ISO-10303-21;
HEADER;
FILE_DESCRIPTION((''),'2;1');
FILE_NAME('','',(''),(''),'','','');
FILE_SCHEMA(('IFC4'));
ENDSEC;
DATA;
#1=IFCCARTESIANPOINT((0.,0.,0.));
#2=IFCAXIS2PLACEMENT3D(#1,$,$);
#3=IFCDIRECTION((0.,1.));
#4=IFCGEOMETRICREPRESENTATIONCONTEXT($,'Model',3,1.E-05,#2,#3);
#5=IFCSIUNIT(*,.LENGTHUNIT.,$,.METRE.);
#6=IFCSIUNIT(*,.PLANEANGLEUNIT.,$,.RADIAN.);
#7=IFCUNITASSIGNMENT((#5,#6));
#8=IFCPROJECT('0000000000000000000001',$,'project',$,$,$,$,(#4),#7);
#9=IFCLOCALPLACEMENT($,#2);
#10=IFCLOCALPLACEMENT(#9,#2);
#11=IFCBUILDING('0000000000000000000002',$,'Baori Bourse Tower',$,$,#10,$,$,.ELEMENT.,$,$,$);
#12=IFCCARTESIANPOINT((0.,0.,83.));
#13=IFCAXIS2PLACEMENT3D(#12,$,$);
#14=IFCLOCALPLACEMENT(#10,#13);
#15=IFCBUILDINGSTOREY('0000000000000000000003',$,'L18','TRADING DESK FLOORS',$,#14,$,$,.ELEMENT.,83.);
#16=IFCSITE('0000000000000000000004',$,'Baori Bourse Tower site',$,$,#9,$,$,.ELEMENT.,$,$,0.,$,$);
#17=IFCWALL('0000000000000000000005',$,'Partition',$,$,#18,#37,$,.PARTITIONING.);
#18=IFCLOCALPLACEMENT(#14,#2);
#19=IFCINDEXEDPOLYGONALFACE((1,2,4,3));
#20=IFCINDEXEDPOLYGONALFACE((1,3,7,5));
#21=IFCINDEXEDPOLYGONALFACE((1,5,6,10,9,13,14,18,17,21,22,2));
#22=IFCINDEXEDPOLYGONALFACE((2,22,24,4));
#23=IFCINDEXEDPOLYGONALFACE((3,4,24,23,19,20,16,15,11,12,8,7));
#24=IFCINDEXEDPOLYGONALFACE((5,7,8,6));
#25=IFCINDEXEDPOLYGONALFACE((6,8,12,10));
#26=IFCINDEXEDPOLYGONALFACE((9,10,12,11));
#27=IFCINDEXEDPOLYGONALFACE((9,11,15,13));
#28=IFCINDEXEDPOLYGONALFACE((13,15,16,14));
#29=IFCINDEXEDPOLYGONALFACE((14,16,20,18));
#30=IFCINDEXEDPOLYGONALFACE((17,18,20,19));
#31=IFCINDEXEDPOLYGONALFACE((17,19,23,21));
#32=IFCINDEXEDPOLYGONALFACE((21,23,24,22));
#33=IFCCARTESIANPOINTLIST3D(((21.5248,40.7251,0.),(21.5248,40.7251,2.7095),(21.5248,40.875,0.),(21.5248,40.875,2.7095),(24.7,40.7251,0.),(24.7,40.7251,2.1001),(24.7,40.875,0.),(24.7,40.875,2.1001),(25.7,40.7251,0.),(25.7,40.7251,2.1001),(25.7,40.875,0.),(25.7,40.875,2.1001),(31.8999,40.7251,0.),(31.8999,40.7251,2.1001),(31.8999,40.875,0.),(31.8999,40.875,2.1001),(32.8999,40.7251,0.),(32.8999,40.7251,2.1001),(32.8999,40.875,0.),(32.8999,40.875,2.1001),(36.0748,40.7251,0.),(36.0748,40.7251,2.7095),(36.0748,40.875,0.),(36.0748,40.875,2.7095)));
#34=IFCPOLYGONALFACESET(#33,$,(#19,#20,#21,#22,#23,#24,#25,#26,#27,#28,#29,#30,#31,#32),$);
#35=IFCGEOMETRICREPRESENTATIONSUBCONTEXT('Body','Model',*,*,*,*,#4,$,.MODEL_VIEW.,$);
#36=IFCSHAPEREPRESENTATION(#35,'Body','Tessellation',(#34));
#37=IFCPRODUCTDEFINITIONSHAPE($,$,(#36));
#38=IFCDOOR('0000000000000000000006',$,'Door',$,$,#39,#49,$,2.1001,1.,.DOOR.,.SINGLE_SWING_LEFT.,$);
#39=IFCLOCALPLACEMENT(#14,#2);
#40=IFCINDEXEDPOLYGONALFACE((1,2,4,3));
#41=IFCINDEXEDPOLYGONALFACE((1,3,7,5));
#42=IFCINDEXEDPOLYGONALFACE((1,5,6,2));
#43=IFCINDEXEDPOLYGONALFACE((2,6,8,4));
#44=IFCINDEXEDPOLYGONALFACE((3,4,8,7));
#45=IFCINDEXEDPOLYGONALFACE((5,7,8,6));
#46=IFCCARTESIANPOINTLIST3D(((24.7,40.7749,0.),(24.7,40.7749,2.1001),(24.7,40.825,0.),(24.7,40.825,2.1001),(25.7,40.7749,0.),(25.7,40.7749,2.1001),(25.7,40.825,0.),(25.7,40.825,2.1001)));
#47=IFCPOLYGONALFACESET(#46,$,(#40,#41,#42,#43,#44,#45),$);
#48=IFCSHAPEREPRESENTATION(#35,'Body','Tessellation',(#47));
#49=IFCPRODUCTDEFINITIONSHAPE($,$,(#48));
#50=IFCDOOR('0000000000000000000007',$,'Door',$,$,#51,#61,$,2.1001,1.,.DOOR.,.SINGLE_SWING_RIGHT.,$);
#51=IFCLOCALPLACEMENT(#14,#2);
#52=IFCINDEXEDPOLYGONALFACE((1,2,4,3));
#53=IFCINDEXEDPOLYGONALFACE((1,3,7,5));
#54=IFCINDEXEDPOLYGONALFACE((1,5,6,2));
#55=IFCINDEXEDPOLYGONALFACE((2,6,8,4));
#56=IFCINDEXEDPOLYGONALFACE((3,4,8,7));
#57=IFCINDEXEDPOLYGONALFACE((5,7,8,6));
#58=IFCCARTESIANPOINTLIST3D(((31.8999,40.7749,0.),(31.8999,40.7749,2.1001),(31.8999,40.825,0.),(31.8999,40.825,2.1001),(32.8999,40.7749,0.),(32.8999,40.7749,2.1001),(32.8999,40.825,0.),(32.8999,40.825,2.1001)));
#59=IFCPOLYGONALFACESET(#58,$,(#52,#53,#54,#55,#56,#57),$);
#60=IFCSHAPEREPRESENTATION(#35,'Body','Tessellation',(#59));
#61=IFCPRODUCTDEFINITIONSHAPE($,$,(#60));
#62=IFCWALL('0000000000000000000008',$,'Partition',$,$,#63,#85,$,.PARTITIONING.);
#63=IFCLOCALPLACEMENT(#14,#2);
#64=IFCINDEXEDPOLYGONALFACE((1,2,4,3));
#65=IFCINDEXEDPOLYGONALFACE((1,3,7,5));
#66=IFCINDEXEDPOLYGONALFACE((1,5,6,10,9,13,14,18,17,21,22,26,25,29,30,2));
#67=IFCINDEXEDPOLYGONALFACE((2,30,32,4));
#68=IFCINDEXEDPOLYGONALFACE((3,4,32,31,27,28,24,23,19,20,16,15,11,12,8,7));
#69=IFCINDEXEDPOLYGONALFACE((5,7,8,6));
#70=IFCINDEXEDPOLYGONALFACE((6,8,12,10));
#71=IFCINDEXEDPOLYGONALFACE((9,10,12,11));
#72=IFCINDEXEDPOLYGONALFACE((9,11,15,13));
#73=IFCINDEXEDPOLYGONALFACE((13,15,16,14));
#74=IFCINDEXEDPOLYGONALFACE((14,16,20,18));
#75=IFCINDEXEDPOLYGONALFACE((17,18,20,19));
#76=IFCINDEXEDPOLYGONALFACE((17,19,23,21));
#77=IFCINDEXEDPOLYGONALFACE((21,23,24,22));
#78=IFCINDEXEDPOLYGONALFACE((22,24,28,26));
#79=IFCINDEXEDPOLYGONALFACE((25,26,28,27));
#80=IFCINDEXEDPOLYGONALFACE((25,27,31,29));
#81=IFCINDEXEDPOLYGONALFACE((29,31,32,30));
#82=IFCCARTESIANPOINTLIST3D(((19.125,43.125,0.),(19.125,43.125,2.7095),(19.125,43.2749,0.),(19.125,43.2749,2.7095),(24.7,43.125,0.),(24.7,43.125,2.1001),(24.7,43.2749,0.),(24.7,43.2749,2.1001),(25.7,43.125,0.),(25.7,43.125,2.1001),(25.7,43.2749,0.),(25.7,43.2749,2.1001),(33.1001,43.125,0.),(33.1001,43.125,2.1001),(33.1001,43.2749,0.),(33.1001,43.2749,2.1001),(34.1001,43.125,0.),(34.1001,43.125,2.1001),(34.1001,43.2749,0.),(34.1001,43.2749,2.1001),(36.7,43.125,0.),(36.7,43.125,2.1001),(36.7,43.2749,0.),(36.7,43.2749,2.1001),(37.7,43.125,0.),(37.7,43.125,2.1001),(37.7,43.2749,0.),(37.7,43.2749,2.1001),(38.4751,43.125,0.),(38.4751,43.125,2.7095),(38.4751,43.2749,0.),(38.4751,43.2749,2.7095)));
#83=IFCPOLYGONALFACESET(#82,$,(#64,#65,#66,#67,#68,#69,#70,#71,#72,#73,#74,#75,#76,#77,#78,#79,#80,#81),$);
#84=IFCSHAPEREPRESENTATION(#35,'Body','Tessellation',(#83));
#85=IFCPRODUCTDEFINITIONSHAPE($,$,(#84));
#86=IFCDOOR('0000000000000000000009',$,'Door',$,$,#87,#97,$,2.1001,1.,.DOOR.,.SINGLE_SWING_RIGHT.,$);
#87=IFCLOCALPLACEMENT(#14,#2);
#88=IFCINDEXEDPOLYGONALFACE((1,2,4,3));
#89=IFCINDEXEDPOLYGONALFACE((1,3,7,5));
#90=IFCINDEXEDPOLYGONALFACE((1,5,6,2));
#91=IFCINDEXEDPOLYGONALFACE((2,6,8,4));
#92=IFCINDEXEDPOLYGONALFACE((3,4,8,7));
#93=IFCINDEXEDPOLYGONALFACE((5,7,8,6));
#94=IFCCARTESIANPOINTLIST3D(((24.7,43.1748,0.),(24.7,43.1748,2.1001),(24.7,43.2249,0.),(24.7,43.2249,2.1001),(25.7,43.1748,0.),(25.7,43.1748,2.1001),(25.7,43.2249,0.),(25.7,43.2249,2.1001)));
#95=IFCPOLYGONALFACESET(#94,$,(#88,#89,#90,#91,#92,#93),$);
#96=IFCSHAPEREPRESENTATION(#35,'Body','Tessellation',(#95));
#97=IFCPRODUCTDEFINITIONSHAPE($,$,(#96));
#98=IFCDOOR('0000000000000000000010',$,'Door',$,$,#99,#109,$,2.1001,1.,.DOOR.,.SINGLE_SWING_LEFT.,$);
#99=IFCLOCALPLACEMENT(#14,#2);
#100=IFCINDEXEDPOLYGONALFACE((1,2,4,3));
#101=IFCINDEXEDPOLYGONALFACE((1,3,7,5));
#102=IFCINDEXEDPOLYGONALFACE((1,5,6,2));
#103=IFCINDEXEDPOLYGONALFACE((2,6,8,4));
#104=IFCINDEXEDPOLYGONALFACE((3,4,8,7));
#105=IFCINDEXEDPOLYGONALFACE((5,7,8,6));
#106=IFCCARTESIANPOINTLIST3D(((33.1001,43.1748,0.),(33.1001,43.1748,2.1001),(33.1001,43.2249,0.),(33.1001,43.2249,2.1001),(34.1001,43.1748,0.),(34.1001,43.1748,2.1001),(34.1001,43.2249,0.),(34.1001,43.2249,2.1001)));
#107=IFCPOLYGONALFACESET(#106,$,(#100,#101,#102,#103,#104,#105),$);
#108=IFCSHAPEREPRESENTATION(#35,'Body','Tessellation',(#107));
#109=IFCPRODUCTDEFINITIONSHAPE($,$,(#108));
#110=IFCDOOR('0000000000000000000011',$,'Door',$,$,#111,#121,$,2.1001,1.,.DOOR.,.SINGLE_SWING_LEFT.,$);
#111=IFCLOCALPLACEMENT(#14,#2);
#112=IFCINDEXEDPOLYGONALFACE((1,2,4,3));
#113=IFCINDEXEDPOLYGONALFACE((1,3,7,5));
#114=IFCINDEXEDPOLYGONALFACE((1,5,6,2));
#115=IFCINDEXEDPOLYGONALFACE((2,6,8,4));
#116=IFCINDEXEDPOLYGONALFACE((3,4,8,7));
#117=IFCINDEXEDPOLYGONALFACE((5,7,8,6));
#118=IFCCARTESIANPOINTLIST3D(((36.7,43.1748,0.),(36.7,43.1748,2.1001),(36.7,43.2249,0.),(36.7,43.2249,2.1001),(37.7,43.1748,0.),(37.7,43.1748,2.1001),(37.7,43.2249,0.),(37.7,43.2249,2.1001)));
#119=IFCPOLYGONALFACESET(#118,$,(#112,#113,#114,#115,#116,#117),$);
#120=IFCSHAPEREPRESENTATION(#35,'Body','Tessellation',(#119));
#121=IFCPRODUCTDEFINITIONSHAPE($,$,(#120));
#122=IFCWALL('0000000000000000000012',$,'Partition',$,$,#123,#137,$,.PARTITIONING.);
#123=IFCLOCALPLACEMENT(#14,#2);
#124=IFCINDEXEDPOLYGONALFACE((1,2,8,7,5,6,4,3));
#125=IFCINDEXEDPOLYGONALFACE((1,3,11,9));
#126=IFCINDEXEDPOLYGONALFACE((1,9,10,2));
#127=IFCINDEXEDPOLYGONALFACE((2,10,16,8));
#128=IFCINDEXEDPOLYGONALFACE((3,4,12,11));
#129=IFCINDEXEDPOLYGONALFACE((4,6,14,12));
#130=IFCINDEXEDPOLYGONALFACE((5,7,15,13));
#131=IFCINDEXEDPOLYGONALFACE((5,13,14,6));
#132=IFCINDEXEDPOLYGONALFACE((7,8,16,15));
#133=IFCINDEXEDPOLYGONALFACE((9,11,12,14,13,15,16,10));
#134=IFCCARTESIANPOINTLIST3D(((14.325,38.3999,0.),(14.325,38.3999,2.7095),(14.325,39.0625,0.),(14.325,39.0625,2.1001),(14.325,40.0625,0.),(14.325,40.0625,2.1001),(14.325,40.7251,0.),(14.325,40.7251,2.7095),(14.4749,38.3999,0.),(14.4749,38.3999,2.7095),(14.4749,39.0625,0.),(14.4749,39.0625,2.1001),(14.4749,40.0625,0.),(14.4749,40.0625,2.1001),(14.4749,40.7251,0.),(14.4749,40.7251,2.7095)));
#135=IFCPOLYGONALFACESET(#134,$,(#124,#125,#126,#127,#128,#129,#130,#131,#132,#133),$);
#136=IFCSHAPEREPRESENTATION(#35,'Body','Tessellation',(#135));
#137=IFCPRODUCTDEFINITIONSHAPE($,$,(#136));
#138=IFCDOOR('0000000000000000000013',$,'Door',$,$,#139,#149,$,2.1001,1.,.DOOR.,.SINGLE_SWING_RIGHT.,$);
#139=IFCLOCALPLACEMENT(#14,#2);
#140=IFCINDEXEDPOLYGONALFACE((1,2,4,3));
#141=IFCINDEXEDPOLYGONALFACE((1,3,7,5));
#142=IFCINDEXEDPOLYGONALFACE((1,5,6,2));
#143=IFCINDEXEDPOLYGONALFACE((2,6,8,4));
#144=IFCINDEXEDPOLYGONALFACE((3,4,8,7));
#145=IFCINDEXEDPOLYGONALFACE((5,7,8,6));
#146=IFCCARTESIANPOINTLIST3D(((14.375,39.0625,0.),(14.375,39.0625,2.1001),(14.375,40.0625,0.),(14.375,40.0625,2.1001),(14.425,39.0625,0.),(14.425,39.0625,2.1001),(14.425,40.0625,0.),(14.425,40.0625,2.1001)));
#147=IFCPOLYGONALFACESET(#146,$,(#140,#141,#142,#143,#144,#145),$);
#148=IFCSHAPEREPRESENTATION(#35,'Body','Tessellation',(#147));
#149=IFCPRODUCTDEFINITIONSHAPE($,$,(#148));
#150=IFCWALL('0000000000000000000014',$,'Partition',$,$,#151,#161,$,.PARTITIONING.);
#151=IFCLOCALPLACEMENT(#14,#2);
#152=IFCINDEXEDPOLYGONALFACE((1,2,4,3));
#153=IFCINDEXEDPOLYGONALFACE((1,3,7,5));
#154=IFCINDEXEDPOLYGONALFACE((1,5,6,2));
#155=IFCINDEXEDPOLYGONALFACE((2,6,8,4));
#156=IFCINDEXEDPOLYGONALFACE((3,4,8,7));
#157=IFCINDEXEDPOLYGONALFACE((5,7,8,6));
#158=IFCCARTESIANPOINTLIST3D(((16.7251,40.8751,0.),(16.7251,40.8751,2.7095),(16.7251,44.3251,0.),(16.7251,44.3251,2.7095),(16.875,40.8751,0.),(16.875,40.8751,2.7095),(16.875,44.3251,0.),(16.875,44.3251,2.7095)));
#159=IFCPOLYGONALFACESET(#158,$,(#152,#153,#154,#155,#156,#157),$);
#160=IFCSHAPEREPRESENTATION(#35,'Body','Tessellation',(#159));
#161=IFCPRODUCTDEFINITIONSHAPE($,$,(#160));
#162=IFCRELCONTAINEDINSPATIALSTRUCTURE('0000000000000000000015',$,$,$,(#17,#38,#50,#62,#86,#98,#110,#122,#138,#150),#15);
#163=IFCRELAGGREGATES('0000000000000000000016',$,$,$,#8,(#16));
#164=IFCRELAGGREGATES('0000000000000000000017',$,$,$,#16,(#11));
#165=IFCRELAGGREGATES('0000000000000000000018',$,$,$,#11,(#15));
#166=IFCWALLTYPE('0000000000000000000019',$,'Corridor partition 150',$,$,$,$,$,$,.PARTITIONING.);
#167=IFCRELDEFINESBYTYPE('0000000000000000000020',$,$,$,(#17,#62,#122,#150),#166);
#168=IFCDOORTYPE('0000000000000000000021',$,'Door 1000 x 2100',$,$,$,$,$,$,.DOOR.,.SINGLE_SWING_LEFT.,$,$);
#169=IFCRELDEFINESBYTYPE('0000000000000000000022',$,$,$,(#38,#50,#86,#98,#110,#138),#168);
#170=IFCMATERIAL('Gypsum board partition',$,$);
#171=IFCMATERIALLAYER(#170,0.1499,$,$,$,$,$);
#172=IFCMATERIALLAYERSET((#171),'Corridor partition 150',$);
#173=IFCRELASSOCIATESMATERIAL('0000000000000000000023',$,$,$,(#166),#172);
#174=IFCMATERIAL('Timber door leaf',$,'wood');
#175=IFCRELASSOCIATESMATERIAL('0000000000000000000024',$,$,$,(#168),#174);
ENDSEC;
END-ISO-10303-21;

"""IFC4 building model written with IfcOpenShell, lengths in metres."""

from ifc_helpers import new_model, si_unit, direction, frame, frame_2d, origin, place, context, subcontext, project, spatial, rectangle, extrude, material, layer, layer_set, type_object, element, fill, save


model = new_model("IFC4")

# Units and contexts
model_context = context("Model", 3, precision=1e-05, world=origin(), true_north=direction((0.0, 1.0)))
body_context = subcontext(model_context, "Body", "Model", "MODEL_VIEW")
ifc_project = project(units=[si_unit("LENGTHUNIT", "METRE"), si_unit("PLANEANGLEUNIT", "RADIAN")], contexts=[model_context])

# Site, building, storey
site_placement = place(None, origin())
site = spatial("IfcSite", under=ifc_project, at=site_placement, Name="Baori Bourse Tower site", CompositionType="ELEMENT", RefElevation=0.0)
building_placement = place(site_placement, origin())
building = spatial("IfcBuilding", under=site, at=building_placement, Name="Baori Bourse Tower", CompositionType="ELEMENT")
storey_placement = place(building_placement, frame((0.0, 0.0, 83.0)))
storey = spatial("IfcBuildingStorey", under=building, at=storey_placement, Name="L18", Description="TRADING DESK FLOORS", CompositionType="ELEMENT", Elevation=83.0)

# Walls, openings, doors
ifc_material_1 = material(Name="Gypsum board partition")
ifc_layer_1 = layer(ifc_material_1, 0.1499)
ifc_layer_set_1 = layer_set([ifc_layer_1], Name="Corridor partition 150")
wall_type_1 = type_object("IfcWallType", Name="Corridor partition 150", PredefinedType="PARTITIONING", material=ifc_layer_set_1)
wall_1_placement = place(storey_placement, frame((21.5249, 40.8, 0.0), z_axis=(0.0, 0.0, 1.0), x_axis=(1.0, 0.0, 0.0)))
wall_1 = element("IfcWall", 1, at=wall_1_placement, inside=storey, type_object=wall_type_1, Name="Partition", PredefinedType="PARTITIONING", context=body_context, shape_type="SweptSolid", body=[
    extrude(rectangle(XDim=14.55, YDim=0.1499, at=frame_2d((7.2749, 0.0))), origin(), (0.0, 0.0, 1.0), 2.7095),
])
opening_1_placement = place(wall_1_placement, frame((3.175, 0.0, 0.0)))
opening_1 = element("IfcOpeningElement", 2, at=opening_1_placement, cuts=wall_1, PredefinedType="OPENING", context=body_context, shape_type="SweptSolid", body=[
    extrude(rectangle(XDim=1.0, YDim=2.1001, at=frame_2d((0.5, 1.05))), frame((0.0, 0.085, 0.0), z_axis=(0.0, -1.0, 0.0), x_axis=(1.0, 0.0, 0.0)), (0.0, 0.0, 1.0), 0.1699),
])
opening_2_placement = place(wall_1_placement, frame((10.375, 0.0, 0.0)))
opening_2 = element("IfcOpeningElement", 3, at=opening_2_placement, cuts=wall_1, PredefinedType="OPENING", context=body_context, shape_type="SweptSolid", body=[
    extrude(rectangle(XDim=1.0, YDim=2.1001, at=frame_2d((0.5, 1.05))), frame((0.0, 0.085, 0.0), z_axis=(0.0, -1.0, 0.0), x_axis=(1.0, 0.0, 0.0)), (0.0, 0.0, 1.0), 0.1699),
])
ifc_material_2 = material(Name="Timber door leaf", Category="wood")
door_type_1 = type_object("IfcDoorType", Name="Door 1000 x 2100", OperationType="SINGLE_SWING_LEFT", PredefinedType="DOOR", material=ifc_material_2)
door_1_placement = place(opening_1_placement, origin())
door_1 = element("IfcDoor", 4, at=door_1_placement, inside=storey, type_object=door_type_1, Name="Door", OperationType="SINGLE_SWING_LEFT", OverallHeight=2.1001, OverallWidth=1.0, PredefinedType="DOOR", context=body_context, shape_type="SweptSolid", body=[
    extrude(rectangle(XDim=1.0, YDim=2.1001, at=frame_2d((0.5, 1.05))), frame((0.0, 0.0249, 0.0), z_axis=(0.0, -1.0, 0.0), x_axis=(1.0, 0.0, 0.0)), (0.0, 0.0, 1.0), 0.05),
])
fill(opening_1, door_1)
door_2_placement = place(opening_2_placement, origin())
door_2 = element("IfcDoor", 5, at=door_2_placement, inside=storey, type_object=door_type_1, Name="Door", OperationType="SINGLE_SWING_RIGHT", OverallHeight=2.1001, OverallWidth=1.0, PredefinedType="DOOR", context=body_context, shape_type="SweptSolid", body=[
    extrude(rectangle(XDim=1.0, YDim=2.1001, at=frame_2d((0.5, 1.05))), frame((0.0, 0.0249, 0.0), z_axis=(0.0, -1.0, 0.0), x_axis=(1.0, 0.0, 0.0)), (0.0, 0.0, 1.0), 0.05),
])
fill(opening_2, door_2)
wall_2_placement = place(storey_placement, frame((19.125, 43.2, 0.0), z_axis=(0.0, 0.0, 1.0), x_axis=(1.0, 0.0, 0.0)))
wall_2 = element("IfcWall", 6, at=wall_2_placement, inside=storey, type_object=wall_type_1, Name="Partition", PredefinedType="PARTITIONING", context=body_context, shape_type="SweptSolid", body=[
    extrude(rectangle(XDim=19.3501, YDim=0.1499, at=frame_2d((9.675, 0.0))), origin(), (0.0, 0.0, 1.0), 2.7095),
])
opening_3_placement = place(wall_2_placement, frame((5.575, 0.0, 0.0)))
opening_3 = element("IfcOpeningElement", 7, at=opening_3_placement, cuts=wall_2, PredefinedType="OPENING", context=body_context, shape_type="SweptSolid", body=[
    extrude(rectangle(XDim=1.0, YDim=2.1001, at=frame_2d((0.5, 1.05))), frame((0.0, 0.085, 0.0), z_axis=(0.0, -1.0, 0.0), x_axis=(1.0, 0.0, 0.0)), (0.0, 0.0, 1.0), 0.1699),
])
opening_4_placement = place(wall_2_placement, frame((13.9751, 0.0, 0.0)))
opening_4 = element("IfcOpeningElement", 8, at=opening_4_placement, cuts=wall_2, PredefinedType="OPENING", context=body_context, shape_type="SweptSolid", body=[
    extrude(rectangle(XDim=1.0, YDim=2.1001, at=frame_2d((0.5, 1.05))), frame((0.0, 0.085, 0.0), z_axis=(0.0, -1.0, 0.0), x_axis=(1.0, 0.0, 0.0)), (0.0, 0.0, 1.0), 0.1699),
])
opening_5_placement = place(wall_2_placement, frame((17.575, 0.0, 0.0)))
opening_5 = element("IfcOpeningElement", 9, at=opening_5_placement, cuts=wall_2, PredefinedType="OPENING", context=body_context, shape_type="SweptSolid", body=[
    extrude(rectangle(XDim=1.0, YDim=2.1001, at=frame_2d((0.5, 1.05))), frame((0.0, 0.085, 0.0), z_axis=(0.0, -1.0, 0.0), x_axis=(1.0, 0.0, 0.0)), (0.0, 0.0, 1.0), 0.1699),
])
door_3_placement = place(opening_3_placement, origin())
door_3 = element("IfcDoor", 10, at=door_3_placement, inside=storey, type_object=door_type_1, Name="Door", OperationType="SINGLE_SWING_RIGHT", OverallHeight=2.1001, OverallWidth=1.0, PredefinedType="DOOR", context=body_context, shape_type="SweptSolid", body=[
    extrude(rectangle(XDim=1.0, YDim=2.1001, at=frame_2d((0.5, 1.05))), frame((0.0, 0.0249, 0.0), z_axis=(0.0, -1.0, 0.0), x_axis=(1.0, 0.0, 0.0)), (0.0, 0.0, 1.0), 0.05),
])
fill(opening_3, door_3)
door_4_placement = place(opening_4_placement, origin())
door_4 = element("IfcDoor", 11, at=door_4_placement, inside=storey, type_object=door_type_1, Name="Door", OperationType="SINGLE_SWING_LEFT", OverallHeight=2.1001, OverallWidth=1.0, PredefinedType="DOOR", context=body_context, shape_type="SweptSolid", body=[
    extrude(rectangle(XDim=1.0, YDim=2.1001, at=frame_2d((0.5, 1.05))), frame((0.0, 0.0249, 0.0), z_axis=(0.0, -1.0, 0.0), x_axis=(1.0, 0.0, 0.0)), (0.0, 0.0, 1.0), 0.05),
])
fill(opening_4, door_4)
door_5_placement = place(opening_5_placement, origin())
door_5 = element("IfcDoor", 12, at=door_5_placement, inside=storey, type_object=door_type_1, Name="Door", OperationType="SINGLE_SWING_LEFT", OverallHeight=2.1001, OverallWidth=1.0, PredefinedType="DOOR", context=body_context, shape_type="SweptSolid", body=[
    extrude(rectangle(XDim=1.0, YDim=2.1001, at=frame_2d((0.5, 1.05))), frame((0.0, 0.0249, 0.0), z_axis=(0.0, -1.0, 0.0), x_axis=(1.0, 0.0, 0.0)), (0.0, 0.0, 1.0), 0.05),
])
fill(opening_5, door_5)

# Wall, opening, door
wall_3_placement = place(storey_placement, frame((14.3999, 38.3999, 0.0), z_axis=(0.0, 0.0, 1.0), x_axis=(0.0, 1.0, 0.0)))
wall_3 = element("IfcWall", 13, at=wall_3_placement, inside=storey, type_object=wall_type_1, Name="Partition", PredefinedType="PARTITIONING", context=body_context, shape_type="SweptSolid", body=[
    extrude(rectangle(XDim=2.3252, YDim=0.1499, at=frame_2d((1.1626, 0.0))), origin(), (0.0, 0.0, 1.0), 2.7095),
])
opening_6_placement = place(wall_3_placement, frame((0.6626, 0.0, 0.0)))
opening_6 = element("IfcOpeningElement", 14, at=opening_6_placement, cuts=wall_3, PredefinedType="OPENING", context=body_context, shape_type="SweptSolid", body=[
    extrude(rectangle(XDim=1.0, YDim=2.1001, at=frame_2d((0.5, 1.05))), frame((0.0, 0.085, 0.0), z_axis=(0.0, -1.0, 0.0), x_axis=(1.0, 0.0, 0.0)), (0.0, 0.0, 1.0), 0.1699),
])
door_6_placement = place(opening_6_placement, origin())
door_6 = element("IfcDoor", 15, at=door_6_placement, inside=storey, type_object=door_type_1, Name="Door", OperationType="SINGLE_SWING_RIGHT", OverallHeight=2.1001, OverallWidth=1.0, PredefinedType="DOOR", context=body_context, shape_type="SweptSolid", body=[
    extrude(rectangle(XDim=1.0, YDim=2.1001, at=frame_2d((0.5, 1.05))), frame((0.0, 0.0249, 0.0), z_axis=(0.0, -1.0, 0.0), x_axis=(1.0, 0.0, 0.0)), (0.0, 0.0, 1.0), 0.05),
])
fill(opening_6, door_6)

# Wall
wall_4_placement = place(storey_placement, frame((16.8, 40.875, 0.0), z_axis=(0.0, 0.0, 1.0), x_axis=(0.0, 1.0, 0.0)))
element("IfcWall", 16, at=wall_4_placement, inside=storey, type_object=wall_type_1, Name="Partition", PredefinedType="PARTITIONING", context=body_context, shape_type="SweptSolid", body=[
    extrude(rectangle(XDim=3.45, YDim=0.1499, at=frame_2d((1.7251, 0.0))), origin(), (0.0, 0.0, 1.0), 2.7095),
])

save(model, "model.ifc")
